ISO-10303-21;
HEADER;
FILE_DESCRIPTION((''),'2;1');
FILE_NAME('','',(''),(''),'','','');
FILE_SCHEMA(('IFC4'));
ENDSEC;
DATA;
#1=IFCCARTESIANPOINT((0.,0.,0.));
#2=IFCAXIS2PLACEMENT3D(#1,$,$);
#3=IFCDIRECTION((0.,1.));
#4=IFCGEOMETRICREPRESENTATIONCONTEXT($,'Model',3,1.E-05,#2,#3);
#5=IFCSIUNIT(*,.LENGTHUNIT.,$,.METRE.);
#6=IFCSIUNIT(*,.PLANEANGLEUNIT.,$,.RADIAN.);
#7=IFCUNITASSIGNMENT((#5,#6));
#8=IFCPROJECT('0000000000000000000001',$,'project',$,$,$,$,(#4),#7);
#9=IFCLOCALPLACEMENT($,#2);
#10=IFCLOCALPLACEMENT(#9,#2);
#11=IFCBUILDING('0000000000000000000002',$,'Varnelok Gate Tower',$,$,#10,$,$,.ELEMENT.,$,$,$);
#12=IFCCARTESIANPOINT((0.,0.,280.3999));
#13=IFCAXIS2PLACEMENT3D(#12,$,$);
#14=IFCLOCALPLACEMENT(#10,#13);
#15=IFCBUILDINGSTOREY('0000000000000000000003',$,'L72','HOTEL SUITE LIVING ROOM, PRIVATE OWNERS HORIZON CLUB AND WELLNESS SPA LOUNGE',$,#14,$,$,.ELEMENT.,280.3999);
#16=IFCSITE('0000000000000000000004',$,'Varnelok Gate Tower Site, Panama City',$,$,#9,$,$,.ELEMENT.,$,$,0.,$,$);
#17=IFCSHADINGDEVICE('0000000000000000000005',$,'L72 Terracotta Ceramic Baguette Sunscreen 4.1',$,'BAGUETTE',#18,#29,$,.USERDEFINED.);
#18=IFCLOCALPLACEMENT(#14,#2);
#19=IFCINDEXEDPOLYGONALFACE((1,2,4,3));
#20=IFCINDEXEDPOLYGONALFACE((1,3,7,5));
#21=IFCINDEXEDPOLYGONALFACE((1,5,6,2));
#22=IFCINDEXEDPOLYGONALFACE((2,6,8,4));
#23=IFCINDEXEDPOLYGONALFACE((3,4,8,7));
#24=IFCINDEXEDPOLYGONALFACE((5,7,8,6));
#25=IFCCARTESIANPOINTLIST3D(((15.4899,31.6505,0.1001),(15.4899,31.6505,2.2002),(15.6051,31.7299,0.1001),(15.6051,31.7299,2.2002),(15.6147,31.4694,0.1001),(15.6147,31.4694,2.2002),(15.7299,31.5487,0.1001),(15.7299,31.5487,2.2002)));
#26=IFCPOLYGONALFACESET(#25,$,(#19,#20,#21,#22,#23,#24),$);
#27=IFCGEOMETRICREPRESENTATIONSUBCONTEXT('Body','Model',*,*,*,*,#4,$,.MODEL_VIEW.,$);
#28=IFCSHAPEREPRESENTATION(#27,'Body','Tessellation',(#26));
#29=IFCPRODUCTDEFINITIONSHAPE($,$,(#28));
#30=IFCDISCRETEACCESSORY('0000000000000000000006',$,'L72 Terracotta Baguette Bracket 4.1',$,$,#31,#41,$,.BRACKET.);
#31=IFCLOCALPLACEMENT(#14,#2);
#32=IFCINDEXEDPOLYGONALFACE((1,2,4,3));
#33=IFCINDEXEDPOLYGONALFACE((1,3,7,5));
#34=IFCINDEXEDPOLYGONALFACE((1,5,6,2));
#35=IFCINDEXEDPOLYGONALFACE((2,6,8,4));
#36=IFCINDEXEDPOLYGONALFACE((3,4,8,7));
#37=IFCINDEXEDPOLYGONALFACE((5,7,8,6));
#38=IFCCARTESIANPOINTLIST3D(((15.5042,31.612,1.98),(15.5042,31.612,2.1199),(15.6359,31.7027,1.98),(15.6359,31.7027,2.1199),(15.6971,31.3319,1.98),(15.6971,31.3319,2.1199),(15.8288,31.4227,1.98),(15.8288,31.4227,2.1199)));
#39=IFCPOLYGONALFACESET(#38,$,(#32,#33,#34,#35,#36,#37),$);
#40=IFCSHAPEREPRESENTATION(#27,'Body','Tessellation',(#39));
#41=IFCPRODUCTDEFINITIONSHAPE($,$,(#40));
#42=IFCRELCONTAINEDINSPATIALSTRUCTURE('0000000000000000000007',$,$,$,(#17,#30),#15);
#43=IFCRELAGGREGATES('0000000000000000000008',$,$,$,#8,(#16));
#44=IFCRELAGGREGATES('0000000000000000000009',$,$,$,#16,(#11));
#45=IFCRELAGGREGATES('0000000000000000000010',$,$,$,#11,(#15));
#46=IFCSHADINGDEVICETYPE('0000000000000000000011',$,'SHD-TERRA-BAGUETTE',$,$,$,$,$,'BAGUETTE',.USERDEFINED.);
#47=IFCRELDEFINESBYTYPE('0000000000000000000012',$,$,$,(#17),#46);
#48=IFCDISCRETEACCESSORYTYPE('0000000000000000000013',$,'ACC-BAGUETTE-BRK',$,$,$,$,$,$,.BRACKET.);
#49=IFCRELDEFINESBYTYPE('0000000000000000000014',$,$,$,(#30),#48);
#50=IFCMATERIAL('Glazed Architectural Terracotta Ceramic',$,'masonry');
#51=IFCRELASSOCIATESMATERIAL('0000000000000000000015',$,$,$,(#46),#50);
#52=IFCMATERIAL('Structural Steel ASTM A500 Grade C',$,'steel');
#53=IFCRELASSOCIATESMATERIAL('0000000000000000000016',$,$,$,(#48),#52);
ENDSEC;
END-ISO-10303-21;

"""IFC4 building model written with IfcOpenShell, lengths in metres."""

from ifc_helpers import new_model, si_unit, direction, frame, origin, origin_2d, place, context, subcontext, project, spatial, rectangle, extrude, source, transform, mapped, material, type_object, element, save


model = new_model("IFC4")

# Units and contexts
model_context = context("Model", 3, precision=1e-05, world=origin(), true_north=direction((0.0, 1.0)))
body_context = subcontext(model_context, "Body", "Model", "MODEL_VIEW")
ifc_project = project(units=[si_unit("LENGTHUNIT", "METRE"), si_unit("PLANEANGLEUNIT", "RADIAN")], contexts=[model_context])

# Site, building, storey
site_placement = place(None, origin())
site = spatial("IfcSite", under=ifc_project, at=site_placement, Name="Varnelok Gate Tower Site, Panama City", CompositionType="ELEMENT", RefElevation=0.0)
building_placement = place(site_placement, origin())
building = spatial("IfcBuilding", under=site, at=building_placement, Name="Varnelok Gate Tower", CompositionType="ELEMENT")
storey_placement = place(building_placement, frame((0.0, 0.0, 280.3999)))
storey = spatial("IfcBuildingStorey", under=building, at=storey_placement, Name="L72", Description="HOTEL SUITE LIVING ROOM, PRIVATE OWNERS HORIZON CLUB AND WELLNESS SPA LOUNGE", CompositionType="ELEMENT", Elevation=280.3999)

# Shading device
ifc_material_1 = material(Name="Glazed Architectural Terracotta Ceramic", Category="masonry")
shading_device_type = type_object("IfcShadingDeviceType", Name="SHD-TERRA-BAGUETTE", ElementType="BAGUETTE", PredefinedType="USERDEFINED", material=ifc_material_1)
shared_shape_1 = source(origin(), body_context, "Body", "SweptSolid", [
    extrude(rectangle(XDim=0.1399, YDim=0.22, at=origin_2d()), origin(), (0.0, 0.0, 1.0), 2.1001),
])
shading_device_placement = place(storey_placement, frame((15.6099, 31.5996, 0.1001), z_axis=(0.0, 0.0, 1.0), x_axis=(0.823533, 0.567269, 0.0)))
element("IfcShadingDevice", 1, at=shading_device_placement, inside=storey, type_object=shading_device_type, Name="L72 Terracotta Ceramic Baguette Sunscreen 4.1", ObjectType="BAGUETTE", PredefinedType="USERDEFINED", context=body_context, shape_type="MappedRepresentation", body=[
    mapped(shared_shape_1, transform((0.0, 0.0, 0.0), scale=1.0)),
])

# Discrete accessory
ifc_material_2 = material(Name="Structural Steel ASTM A500 Grade C", Category="steel")
discrete_accessory_type = type_object("IfcDiscreteAccessoryType", Name="ACC-BAGUETTE-BRK", PredefinedType="BRACKET", material=ifc_material_2)
shared_shape_2 = source(origin(), body_context, "Body", "SweptSolid", [
    extrude(rectangle(XDim=0.1599, YDim=0.3401, at=origin_2d()), origin(), (0.0, 0.0, 1.0), 0.1399),
])
discrete_accessory_placement = place(storey_placement, frame((15.6665, 31.5173, 1.98), z_axis=(0.0, 0.0, 1.0), x_axis=(0.823533, 0.567269, 0.0)))
element("IfcDiscreteAccessory", 2, at=discrete_accessory_placement, inside=storey, type_object=discrete_accessory_type, Name="L72 Terracotta Baguette Bracket 4.1", PredefinedType="BRACKET", context=body_context, shape_type="MappedRepresentation", body=[
    mapped(shared_shape_2, transform((0.0, 0.0, 0.0), scale=1.0)),
])

save(model, "model.ifc")
